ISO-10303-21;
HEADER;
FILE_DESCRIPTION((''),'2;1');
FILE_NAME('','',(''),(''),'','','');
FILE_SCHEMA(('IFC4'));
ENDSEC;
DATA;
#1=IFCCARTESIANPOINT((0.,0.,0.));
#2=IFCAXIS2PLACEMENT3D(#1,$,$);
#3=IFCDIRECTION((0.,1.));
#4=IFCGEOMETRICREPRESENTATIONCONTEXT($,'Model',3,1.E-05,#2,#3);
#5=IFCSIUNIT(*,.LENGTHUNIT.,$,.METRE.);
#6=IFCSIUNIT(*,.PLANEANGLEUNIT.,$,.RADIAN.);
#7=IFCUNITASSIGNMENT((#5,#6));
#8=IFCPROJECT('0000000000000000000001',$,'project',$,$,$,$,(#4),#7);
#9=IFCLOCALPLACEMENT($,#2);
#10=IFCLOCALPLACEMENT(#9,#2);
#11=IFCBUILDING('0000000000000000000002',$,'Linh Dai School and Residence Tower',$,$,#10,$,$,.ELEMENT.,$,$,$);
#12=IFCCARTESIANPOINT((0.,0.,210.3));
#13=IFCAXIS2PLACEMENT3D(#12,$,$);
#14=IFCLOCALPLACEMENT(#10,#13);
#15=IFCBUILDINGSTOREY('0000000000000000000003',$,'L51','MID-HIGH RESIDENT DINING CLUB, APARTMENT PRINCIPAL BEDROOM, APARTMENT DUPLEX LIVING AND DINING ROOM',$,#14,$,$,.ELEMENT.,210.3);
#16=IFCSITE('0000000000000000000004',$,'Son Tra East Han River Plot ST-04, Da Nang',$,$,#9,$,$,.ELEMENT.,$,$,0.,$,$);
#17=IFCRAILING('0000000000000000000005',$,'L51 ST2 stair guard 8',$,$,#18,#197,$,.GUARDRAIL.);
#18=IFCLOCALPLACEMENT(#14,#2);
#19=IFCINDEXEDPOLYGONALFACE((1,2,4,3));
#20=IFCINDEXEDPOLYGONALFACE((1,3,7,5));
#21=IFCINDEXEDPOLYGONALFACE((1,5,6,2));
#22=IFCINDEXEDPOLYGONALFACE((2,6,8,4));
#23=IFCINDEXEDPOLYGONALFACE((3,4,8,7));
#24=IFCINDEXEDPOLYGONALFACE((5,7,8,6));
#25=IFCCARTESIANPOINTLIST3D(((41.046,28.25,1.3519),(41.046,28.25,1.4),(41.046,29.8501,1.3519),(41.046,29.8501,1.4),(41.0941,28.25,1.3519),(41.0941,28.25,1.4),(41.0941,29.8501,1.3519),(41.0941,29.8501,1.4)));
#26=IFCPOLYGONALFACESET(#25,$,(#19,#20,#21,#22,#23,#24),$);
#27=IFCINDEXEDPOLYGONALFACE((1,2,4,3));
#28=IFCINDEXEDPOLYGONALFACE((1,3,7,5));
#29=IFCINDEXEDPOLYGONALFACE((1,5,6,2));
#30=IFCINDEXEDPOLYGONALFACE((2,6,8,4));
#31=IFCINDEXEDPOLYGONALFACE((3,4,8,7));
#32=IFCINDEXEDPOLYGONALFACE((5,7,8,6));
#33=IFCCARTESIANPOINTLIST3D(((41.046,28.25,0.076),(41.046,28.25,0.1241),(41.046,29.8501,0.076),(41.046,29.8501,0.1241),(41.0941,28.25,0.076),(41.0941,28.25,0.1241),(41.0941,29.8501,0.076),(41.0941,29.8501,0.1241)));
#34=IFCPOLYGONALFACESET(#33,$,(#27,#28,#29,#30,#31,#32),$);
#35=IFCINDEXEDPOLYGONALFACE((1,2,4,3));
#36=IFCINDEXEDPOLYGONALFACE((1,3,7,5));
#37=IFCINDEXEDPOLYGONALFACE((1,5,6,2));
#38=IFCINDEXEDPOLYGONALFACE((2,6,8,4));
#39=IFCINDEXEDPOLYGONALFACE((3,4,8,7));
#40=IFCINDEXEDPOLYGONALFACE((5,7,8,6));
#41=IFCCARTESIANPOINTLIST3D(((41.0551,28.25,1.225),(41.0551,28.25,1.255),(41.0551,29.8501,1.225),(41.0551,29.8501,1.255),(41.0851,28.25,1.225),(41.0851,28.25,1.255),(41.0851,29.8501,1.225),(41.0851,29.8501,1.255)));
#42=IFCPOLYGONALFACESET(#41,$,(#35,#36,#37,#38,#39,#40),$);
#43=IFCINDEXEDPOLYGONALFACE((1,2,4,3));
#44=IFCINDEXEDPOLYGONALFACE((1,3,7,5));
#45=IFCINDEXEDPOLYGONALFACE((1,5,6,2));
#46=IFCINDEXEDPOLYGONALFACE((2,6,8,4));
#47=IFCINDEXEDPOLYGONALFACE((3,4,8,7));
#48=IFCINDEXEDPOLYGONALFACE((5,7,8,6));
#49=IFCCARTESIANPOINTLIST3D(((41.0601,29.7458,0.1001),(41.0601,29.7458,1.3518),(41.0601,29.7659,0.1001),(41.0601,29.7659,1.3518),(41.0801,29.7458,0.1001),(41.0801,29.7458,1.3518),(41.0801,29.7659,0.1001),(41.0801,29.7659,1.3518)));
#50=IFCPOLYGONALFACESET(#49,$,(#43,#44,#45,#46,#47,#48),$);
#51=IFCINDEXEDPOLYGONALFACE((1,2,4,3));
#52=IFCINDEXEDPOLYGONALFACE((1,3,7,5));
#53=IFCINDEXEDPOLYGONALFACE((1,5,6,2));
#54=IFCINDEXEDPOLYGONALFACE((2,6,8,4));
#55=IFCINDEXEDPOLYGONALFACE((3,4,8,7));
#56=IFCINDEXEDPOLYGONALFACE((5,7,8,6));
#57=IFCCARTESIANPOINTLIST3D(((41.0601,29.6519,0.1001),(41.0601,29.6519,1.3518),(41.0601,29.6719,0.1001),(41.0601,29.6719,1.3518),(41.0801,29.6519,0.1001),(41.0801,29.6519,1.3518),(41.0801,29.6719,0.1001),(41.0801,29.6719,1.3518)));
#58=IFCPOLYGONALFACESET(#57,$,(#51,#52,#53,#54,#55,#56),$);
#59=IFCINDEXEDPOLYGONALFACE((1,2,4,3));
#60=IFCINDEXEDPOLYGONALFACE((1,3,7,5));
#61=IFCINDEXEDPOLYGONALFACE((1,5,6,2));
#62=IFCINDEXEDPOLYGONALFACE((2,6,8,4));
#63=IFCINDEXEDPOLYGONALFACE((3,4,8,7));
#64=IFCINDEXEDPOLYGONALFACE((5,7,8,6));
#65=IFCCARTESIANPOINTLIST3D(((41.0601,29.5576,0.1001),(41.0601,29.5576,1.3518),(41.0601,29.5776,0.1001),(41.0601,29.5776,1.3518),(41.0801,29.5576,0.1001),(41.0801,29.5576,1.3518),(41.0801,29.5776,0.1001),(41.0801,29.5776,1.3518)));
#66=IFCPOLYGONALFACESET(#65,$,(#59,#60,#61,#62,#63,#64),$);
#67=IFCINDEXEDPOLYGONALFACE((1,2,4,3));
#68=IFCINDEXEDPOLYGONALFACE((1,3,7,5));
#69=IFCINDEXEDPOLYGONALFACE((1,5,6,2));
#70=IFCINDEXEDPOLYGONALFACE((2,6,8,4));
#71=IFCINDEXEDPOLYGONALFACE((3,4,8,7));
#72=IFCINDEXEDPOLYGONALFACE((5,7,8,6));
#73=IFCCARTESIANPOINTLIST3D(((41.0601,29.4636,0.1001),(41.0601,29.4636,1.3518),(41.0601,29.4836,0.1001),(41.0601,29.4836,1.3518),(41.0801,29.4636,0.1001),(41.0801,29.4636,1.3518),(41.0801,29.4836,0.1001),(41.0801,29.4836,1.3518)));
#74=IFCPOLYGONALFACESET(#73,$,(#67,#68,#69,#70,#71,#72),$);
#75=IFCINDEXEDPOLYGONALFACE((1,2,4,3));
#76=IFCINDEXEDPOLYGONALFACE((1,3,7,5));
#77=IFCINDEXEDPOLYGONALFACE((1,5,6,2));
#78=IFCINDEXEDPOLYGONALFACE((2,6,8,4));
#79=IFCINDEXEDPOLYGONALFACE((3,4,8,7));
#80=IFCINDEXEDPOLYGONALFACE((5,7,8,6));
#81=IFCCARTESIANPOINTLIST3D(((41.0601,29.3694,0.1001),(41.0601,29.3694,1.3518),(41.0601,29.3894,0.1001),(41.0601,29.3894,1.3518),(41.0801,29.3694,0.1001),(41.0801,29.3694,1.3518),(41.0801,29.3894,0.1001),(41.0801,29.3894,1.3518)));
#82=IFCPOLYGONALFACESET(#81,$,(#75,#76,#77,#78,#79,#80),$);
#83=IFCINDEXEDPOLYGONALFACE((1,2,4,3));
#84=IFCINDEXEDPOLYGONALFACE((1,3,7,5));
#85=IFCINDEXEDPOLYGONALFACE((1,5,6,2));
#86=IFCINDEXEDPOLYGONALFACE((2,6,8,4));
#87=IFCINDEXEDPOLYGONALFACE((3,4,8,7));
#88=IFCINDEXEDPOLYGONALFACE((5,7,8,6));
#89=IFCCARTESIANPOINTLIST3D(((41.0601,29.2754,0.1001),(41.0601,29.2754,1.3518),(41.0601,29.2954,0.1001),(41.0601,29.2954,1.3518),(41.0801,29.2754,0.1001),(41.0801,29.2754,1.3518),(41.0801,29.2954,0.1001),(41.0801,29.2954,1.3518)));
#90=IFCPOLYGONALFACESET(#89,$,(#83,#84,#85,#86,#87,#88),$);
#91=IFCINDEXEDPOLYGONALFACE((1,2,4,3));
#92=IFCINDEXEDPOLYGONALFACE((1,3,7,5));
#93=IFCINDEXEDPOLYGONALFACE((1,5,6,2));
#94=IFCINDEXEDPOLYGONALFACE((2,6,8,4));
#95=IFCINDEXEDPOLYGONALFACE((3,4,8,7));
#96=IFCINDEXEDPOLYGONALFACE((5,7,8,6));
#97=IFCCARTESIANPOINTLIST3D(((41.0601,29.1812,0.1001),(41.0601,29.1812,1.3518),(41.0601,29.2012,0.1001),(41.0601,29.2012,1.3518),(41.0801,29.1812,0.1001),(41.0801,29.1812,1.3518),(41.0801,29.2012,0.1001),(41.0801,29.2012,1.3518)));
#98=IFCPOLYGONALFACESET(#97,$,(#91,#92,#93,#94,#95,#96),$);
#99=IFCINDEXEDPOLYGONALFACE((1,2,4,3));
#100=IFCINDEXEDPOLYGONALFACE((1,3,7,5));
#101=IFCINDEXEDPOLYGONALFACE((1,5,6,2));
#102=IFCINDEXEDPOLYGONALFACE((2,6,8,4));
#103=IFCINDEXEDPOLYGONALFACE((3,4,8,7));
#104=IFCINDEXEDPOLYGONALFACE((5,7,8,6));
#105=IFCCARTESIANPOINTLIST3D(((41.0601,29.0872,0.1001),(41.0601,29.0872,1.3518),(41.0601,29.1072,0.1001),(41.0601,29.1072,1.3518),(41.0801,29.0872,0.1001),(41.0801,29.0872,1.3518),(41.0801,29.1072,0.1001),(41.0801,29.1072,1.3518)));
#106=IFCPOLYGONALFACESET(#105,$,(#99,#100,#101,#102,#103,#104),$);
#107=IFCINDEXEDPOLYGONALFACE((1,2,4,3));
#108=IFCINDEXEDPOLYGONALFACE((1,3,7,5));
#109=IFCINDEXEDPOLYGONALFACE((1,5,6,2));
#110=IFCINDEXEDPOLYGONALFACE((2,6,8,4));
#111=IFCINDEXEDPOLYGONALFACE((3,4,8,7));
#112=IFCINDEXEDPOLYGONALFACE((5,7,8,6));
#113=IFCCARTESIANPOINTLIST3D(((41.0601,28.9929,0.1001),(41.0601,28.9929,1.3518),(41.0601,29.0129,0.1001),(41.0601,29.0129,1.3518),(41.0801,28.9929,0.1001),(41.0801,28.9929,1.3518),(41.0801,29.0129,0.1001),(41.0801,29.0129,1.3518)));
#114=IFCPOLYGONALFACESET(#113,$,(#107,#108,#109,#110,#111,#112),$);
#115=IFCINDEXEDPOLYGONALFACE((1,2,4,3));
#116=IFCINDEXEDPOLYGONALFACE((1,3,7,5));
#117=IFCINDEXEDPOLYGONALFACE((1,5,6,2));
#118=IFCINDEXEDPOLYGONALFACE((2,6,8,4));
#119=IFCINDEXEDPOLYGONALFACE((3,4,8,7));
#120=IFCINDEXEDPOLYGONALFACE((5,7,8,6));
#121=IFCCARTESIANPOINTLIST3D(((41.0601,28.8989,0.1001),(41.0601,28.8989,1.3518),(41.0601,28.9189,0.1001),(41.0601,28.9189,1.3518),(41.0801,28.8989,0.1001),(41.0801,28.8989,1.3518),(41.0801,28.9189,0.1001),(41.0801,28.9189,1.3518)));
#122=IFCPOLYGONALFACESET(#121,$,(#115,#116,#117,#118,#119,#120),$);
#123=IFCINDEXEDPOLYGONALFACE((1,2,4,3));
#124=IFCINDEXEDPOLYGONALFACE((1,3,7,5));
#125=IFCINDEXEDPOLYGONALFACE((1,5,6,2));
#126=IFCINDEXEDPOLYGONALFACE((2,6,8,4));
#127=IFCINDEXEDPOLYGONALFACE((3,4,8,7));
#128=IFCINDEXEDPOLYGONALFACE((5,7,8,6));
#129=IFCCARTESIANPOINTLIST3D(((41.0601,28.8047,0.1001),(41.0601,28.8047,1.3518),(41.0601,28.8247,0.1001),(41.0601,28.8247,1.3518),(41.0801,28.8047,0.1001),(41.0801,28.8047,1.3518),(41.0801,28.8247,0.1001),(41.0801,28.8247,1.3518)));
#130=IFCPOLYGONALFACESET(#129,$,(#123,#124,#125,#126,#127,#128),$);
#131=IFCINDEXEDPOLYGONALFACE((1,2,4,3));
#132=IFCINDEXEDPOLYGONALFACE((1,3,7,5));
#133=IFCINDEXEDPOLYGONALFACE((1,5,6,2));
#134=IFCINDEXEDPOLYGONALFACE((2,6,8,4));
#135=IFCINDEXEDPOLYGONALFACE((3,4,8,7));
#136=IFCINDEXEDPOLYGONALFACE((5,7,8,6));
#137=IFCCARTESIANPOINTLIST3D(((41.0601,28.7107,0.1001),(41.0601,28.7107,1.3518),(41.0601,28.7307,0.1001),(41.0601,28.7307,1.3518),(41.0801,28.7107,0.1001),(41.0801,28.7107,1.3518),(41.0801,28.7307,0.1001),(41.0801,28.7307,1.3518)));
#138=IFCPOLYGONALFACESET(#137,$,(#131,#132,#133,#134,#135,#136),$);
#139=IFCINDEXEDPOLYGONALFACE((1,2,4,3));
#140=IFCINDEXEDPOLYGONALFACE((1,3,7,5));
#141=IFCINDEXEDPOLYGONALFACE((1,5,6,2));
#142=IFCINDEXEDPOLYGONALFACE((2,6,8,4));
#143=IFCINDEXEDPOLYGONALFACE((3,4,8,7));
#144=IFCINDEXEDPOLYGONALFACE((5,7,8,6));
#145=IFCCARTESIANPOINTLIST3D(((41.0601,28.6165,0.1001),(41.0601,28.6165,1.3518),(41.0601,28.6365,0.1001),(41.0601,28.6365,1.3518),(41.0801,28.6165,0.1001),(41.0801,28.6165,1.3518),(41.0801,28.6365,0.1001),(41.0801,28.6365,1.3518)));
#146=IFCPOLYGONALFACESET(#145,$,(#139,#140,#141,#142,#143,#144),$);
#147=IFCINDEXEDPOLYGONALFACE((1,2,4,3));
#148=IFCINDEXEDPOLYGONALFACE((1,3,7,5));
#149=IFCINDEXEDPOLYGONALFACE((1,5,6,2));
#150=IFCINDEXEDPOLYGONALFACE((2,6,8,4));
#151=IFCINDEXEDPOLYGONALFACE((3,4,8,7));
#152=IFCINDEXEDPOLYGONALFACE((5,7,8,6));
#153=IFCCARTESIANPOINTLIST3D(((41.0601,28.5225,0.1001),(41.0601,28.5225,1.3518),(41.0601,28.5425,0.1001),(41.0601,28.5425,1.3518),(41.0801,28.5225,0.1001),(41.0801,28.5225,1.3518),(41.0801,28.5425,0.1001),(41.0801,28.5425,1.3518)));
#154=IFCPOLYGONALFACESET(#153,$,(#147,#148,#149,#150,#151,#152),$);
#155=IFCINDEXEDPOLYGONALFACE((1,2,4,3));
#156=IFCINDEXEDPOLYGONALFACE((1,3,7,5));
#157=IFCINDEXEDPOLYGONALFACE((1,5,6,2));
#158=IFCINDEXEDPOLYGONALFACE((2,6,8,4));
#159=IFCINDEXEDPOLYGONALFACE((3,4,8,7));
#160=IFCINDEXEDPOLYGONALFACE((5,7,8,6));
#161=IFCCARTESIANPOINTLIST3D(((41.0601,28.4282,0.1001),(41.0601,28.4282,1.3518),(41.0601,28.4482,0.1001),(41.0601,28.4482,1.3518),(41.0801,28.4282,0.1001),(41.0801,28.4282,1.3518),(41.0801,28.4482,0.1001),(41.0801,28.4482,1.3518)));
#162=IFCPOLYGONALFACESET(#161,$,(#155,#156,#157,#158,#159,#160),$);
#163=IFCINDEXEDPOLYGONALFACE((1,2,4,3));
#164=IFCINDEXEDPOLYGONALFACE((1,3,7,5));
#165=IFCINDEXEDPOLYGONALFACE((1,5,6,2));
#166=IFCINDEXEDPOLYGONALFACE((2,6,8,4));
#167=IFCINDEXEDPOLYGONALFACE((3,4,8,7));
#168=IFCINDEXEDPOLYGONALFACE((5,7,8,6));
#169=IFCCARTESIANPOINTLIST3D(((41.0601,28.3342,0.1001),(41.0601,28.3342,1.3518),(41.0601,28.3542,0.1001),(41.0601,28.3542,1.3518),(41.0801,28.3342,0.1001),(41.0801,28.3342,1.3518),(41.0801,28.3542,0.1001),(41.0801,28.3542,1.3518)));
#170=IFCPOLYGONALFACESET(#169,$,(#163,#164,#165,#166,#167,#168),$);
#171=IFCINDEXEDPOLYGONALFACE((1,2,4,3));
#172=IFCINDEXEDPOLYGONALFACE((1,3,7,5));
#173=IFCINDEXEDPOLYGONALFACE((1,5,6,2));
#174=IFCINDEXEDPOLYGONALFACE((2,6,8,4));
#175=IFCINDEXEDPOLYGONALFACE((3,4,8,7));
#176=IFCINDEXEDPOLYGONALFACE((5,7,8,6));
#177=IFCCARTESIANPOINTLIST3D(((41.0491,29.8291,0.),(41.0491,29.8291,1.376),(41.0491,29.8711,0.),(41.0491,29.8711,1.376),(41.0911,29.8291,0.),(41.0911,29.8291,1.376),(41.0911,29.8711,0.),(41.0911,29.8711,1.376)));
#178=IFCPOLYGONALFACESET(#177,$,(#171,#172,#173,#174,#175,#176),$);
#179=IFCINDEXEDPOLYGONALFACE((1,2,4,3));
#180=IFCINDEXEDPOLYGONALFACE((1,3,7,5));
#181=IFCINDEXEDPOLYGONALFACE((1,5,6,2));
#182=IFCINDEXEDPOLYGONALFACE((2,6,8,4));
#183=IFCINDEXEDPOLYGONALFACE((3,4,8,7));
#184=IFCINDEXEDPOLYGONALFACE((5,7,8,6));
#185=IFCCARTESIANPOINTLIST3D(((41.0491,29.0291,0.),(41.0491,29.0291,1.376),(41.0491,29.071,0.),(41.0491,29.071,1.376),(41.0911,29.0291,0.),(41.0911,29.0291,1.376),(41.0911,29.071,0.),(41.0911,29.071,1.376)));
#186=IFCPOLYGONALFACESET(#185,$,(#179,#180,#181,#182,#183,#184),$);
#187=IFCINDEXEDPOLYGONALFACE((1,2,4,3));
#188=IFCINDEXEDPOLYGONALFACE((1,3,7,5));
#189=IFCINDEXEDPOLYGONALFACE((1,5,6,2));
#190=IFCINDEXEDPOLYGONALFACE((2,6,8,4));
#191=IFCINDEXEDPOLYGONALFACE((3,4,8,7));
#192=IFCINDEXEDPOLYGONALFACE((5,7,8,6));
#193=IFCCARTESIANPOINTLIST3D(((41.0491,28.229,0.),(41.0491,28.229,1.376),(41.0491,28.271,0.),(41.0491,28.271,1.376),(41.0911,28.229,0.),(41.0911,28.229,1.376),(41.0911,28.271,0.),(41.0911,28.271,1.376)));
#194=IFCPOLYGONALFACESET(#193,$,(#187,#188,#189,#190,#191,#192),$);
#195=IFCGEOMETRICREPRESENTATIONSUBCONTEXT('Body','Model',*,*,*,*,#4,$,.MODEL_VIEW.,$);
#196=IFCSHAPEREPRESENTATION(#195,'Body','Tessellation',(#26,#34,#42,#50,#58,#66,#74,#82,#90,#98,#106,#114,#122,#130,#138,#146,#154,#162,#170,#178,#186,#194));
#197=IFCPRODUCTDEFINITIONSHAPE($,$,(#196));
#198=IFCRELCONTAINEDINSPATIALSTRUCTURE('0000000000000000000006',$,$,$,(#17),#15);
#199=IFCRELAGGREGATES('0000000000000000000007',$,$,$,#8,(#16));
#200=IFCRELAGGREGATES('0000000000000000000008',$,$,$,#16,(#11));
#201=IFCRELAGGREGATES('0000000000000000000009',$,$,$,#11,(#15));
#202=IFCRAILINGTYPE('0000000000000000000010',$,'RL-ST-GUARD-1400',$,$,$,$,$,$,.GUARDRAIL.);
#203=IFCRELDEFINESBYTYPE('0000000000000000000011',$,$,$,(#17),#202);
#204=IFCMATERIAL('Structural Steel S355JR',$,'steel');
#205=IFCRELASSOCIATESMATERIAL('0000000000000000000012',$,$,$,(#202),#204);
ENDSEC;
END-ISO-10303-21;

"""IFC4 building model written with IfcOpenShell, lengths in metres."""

from ifc_helpers import new_model, si_unit, direction, frame, origin, origin_2d, place, context, subcontext, project, spatial, rectangle, extrude, source, transform, mapped, material, type_object, element, save


model = new_model("IFC4")

# Units and contexts
model_context = context("Model", 3, precision=1e-05, world=origin(), true_north=direction((0.0, 1.0)))
body_context = subcontext(model_context, "Body", "Model", "MODEL_VIEW")
ifc_project = project(units=[si_unit("LENGTHUNIT", "METRE"), si_unit("PLANEANGLEUNIT", "RADIAN")], contexts=[model_context])

# Site, building, storey
site_placement = place(None, origin())
site = spatial("IfcSite", under=ifc_project, at=site_placement, Name="Son Tra East Han River Plot ST-04, Da Nang", CompositionType="ELEMENT", RefElevation=0.0)
building_placement = place(site_placement, origin())
building = spatial("IfcBuilding", under=site, at=building_placement, Name="Linh Dai School and Residence Tower", CompositionType="ELEMENT")
storey_placement = place(building_placement, frame((0.0, 0.0, 210.3)))
storey = spatial("IfcBuildingStorey", under=building, at=storey_placement, Name="L51", Description="MID-HIGH RESIDENT DINING CLUB, APARTMENT PRINCIPAL BEDROOM, APARTMENT DUPLEX LIVING AND DINING ROOM", CompositionType="ELEMENT", Elevation=210.3)

# Shared definitions
ifc_material_1 = material(Name="Structural Steel S355JR", Category="steel")

# Railing
railing_type_1 = type_object("IfcRailingType", Name="RL-ST-GUARD-1400", PredefinedType="GUARDRAIL", material=ifc_material_1)
shared_shape_1 = source(origin(), body_context, "Body", "SweptSolid", [
    extrude(rectangle(XDim=0.0481, YDim=0.0481, at=origin_2d()), frame((0.0, 0.0, 1.376), z_axis=(0.0, -1.0, 0.0), x_axis=(1.0, 0.0, 0.0)), (0.0, 0.0, 1.0), 1.6001),
    extrude(rectangle(XDim=0.0481, YDim=0.0481, at=origin_2d()), frame((0.0, 0.0, 0.1001), z_axis=(0.0, -1.0, 0.0), x_axis=(1.0, 0.0, 0.0)), (0.0, 0.0, 1.0), 1.6001),
    extrude(rectangle(XDim=0.03, YDim=0.03, at=origin_2d()), frame((0.0, 0.0, 1.24), z_axis=(0.0, -1.0, 0.0), x_axis=(1.0, 0.0, 0.0)), (0.0, 0.0, 1.0), 1.6001),
    extrude(rectangle(XDim=0.02, YDim=0.02, at=origin_2d()), frame((0.0, -0.0942, 0.1001)), (0.0, 0.0, 1.0), 1.2517),
    extrude(rectangle(XDim=0.02, YDim=0.02, at=origin_2d()), frame((0.0, -0.1882, 0.1001)), (0.0, 0.0, 1.0), 1.2517),
    extrude(rectangle(XDim=0.02, YDim=0.02, at=origin_2d()), frame((0.0, -0.2825, 0.1001)), (0.0, 0.0, 1.0), 1.2517),
    extrude(rectangle(XDim=0.02, YDim=0.02, at=origin_2d()), frame((0.0, -0.3765, 0.1001)), (0.0, 0.0, 1.0), 1.2517),
    extrude(rectangle(XDim=0.02, YDim=0.02, at=origin_2d()), frame((0.0, -0.4707, 0.1001)), (0.0, 0.0, 1.0), 1.2517),
    extrude(rectangle(XDim=0.02, YDim=0.02, at=origin_2d()), frame((0.0, -0.5647, 0.1001)), (0.0, 0.0, 1.0), 1.2517),
    extrude(rectangle(XDim=0.02, YDim=0.02, at=origin_2d()), frame((0.0, -0.6589, 0.1001)), (0.0, 0.0, 1.0), 1.2517),
    extrude(rectangle(XDim=0.02, YDim=0.02, at=origin_2d()), frame((0.0, -0.7529, 0.1001)), (0.0, 0.0, 1.0), 1.2517),
    extrude(rectangle(XDim=0.02, YDim=0.02, at=origin_2d()), frame((0.0, -0.8472, 0.1001)), (0.0, 0.0, 1.0), 1.2517),
    extrude(rectangle(XDim=0.02, YDim=0.02, at=origin_2d()), frame((0.0, -0.9412, 0.1001)), (0.0, 0.0, 1.0), 1.2517),
    extrude(rectangle(XDim=0.02, YDim=0.02, at=origin_2d()), frame((0.0, -1.0354, 0.1001)), (0.0, 0.0, 1.0), 1.2517),
    extrude(rectangle(XDim=0.02, YDim=0.02, at=origin_2d()), frame((0.0, -1.1294, 0.1001)), (0.0, 0.0, 1.0), 1.2517),
    extrude(rectangle(XDim=0.02, YDim=0.02, at=origin_2d()), frame((0.0, -1.2236, 0.1001)), (0.0, 0.0, 1.0), 1.2517),
    extrude(rectangle(XDim=0.02, YDim=0.02, at=origin_2d()), frame((0.0, -1.3176, 0.1001)), (0.0, 0.0, 1.0), 1.2517),
    extrude(rectangle(XDim=0.02, YDim=0.02, at=origin_2d()), frame((0.0, -1.4119, 0.1001)), (0.0, 0.0, 1.0), 1.2517),
    extrude(rectangle(XDim=0.02, YDim=0.02, at=origin_2d()), frame((0.0, -1.5059, 0.1001)), (0.0, 0.0, 1.0), 1.2517),
    extrude(rectangle(XDim=0.042, YDim=0.042, at=origin_2d()), origin(), (0.0, 0.0, 1.0), 1.376),
    extrude(rectangle(XDim=0.042, YDim=0.042, at=origin_2d()), frame((0.0, -0.8, 0.0)), (0.0, 0.0, 1.0), 1.376),
    extrude(rectangle(XDim=0.042, YDim=0.042, at=origin_2d()), frame((0.0, -1.6001, 0.0)), (0.0, 0.0, 1.0), 1.376),
])
for number, where, name in (
    (1, (41.0701, 29.8501, 0.0), "L51 ST2 stair guard 8"),
):
    element("IfcRailing", number, at=place(storey_placement, frame(where)), inside=storey, type_object=railing_type_1, Name=name, PredefinedType="GUARDRAIL", context=body_context, shape_type="MappedRepresentation", body=[
        mapped(shared_shape_1, transform((0.0, 0.0, 0.0), x_axis=(1.0, 0.0, 0.0), y_axis=(0.0, 1.0, 0.0), z_axis=(0.0, 0.0, 1.0), scale=1.0)),
    ])

save(model, "model.ifc")
